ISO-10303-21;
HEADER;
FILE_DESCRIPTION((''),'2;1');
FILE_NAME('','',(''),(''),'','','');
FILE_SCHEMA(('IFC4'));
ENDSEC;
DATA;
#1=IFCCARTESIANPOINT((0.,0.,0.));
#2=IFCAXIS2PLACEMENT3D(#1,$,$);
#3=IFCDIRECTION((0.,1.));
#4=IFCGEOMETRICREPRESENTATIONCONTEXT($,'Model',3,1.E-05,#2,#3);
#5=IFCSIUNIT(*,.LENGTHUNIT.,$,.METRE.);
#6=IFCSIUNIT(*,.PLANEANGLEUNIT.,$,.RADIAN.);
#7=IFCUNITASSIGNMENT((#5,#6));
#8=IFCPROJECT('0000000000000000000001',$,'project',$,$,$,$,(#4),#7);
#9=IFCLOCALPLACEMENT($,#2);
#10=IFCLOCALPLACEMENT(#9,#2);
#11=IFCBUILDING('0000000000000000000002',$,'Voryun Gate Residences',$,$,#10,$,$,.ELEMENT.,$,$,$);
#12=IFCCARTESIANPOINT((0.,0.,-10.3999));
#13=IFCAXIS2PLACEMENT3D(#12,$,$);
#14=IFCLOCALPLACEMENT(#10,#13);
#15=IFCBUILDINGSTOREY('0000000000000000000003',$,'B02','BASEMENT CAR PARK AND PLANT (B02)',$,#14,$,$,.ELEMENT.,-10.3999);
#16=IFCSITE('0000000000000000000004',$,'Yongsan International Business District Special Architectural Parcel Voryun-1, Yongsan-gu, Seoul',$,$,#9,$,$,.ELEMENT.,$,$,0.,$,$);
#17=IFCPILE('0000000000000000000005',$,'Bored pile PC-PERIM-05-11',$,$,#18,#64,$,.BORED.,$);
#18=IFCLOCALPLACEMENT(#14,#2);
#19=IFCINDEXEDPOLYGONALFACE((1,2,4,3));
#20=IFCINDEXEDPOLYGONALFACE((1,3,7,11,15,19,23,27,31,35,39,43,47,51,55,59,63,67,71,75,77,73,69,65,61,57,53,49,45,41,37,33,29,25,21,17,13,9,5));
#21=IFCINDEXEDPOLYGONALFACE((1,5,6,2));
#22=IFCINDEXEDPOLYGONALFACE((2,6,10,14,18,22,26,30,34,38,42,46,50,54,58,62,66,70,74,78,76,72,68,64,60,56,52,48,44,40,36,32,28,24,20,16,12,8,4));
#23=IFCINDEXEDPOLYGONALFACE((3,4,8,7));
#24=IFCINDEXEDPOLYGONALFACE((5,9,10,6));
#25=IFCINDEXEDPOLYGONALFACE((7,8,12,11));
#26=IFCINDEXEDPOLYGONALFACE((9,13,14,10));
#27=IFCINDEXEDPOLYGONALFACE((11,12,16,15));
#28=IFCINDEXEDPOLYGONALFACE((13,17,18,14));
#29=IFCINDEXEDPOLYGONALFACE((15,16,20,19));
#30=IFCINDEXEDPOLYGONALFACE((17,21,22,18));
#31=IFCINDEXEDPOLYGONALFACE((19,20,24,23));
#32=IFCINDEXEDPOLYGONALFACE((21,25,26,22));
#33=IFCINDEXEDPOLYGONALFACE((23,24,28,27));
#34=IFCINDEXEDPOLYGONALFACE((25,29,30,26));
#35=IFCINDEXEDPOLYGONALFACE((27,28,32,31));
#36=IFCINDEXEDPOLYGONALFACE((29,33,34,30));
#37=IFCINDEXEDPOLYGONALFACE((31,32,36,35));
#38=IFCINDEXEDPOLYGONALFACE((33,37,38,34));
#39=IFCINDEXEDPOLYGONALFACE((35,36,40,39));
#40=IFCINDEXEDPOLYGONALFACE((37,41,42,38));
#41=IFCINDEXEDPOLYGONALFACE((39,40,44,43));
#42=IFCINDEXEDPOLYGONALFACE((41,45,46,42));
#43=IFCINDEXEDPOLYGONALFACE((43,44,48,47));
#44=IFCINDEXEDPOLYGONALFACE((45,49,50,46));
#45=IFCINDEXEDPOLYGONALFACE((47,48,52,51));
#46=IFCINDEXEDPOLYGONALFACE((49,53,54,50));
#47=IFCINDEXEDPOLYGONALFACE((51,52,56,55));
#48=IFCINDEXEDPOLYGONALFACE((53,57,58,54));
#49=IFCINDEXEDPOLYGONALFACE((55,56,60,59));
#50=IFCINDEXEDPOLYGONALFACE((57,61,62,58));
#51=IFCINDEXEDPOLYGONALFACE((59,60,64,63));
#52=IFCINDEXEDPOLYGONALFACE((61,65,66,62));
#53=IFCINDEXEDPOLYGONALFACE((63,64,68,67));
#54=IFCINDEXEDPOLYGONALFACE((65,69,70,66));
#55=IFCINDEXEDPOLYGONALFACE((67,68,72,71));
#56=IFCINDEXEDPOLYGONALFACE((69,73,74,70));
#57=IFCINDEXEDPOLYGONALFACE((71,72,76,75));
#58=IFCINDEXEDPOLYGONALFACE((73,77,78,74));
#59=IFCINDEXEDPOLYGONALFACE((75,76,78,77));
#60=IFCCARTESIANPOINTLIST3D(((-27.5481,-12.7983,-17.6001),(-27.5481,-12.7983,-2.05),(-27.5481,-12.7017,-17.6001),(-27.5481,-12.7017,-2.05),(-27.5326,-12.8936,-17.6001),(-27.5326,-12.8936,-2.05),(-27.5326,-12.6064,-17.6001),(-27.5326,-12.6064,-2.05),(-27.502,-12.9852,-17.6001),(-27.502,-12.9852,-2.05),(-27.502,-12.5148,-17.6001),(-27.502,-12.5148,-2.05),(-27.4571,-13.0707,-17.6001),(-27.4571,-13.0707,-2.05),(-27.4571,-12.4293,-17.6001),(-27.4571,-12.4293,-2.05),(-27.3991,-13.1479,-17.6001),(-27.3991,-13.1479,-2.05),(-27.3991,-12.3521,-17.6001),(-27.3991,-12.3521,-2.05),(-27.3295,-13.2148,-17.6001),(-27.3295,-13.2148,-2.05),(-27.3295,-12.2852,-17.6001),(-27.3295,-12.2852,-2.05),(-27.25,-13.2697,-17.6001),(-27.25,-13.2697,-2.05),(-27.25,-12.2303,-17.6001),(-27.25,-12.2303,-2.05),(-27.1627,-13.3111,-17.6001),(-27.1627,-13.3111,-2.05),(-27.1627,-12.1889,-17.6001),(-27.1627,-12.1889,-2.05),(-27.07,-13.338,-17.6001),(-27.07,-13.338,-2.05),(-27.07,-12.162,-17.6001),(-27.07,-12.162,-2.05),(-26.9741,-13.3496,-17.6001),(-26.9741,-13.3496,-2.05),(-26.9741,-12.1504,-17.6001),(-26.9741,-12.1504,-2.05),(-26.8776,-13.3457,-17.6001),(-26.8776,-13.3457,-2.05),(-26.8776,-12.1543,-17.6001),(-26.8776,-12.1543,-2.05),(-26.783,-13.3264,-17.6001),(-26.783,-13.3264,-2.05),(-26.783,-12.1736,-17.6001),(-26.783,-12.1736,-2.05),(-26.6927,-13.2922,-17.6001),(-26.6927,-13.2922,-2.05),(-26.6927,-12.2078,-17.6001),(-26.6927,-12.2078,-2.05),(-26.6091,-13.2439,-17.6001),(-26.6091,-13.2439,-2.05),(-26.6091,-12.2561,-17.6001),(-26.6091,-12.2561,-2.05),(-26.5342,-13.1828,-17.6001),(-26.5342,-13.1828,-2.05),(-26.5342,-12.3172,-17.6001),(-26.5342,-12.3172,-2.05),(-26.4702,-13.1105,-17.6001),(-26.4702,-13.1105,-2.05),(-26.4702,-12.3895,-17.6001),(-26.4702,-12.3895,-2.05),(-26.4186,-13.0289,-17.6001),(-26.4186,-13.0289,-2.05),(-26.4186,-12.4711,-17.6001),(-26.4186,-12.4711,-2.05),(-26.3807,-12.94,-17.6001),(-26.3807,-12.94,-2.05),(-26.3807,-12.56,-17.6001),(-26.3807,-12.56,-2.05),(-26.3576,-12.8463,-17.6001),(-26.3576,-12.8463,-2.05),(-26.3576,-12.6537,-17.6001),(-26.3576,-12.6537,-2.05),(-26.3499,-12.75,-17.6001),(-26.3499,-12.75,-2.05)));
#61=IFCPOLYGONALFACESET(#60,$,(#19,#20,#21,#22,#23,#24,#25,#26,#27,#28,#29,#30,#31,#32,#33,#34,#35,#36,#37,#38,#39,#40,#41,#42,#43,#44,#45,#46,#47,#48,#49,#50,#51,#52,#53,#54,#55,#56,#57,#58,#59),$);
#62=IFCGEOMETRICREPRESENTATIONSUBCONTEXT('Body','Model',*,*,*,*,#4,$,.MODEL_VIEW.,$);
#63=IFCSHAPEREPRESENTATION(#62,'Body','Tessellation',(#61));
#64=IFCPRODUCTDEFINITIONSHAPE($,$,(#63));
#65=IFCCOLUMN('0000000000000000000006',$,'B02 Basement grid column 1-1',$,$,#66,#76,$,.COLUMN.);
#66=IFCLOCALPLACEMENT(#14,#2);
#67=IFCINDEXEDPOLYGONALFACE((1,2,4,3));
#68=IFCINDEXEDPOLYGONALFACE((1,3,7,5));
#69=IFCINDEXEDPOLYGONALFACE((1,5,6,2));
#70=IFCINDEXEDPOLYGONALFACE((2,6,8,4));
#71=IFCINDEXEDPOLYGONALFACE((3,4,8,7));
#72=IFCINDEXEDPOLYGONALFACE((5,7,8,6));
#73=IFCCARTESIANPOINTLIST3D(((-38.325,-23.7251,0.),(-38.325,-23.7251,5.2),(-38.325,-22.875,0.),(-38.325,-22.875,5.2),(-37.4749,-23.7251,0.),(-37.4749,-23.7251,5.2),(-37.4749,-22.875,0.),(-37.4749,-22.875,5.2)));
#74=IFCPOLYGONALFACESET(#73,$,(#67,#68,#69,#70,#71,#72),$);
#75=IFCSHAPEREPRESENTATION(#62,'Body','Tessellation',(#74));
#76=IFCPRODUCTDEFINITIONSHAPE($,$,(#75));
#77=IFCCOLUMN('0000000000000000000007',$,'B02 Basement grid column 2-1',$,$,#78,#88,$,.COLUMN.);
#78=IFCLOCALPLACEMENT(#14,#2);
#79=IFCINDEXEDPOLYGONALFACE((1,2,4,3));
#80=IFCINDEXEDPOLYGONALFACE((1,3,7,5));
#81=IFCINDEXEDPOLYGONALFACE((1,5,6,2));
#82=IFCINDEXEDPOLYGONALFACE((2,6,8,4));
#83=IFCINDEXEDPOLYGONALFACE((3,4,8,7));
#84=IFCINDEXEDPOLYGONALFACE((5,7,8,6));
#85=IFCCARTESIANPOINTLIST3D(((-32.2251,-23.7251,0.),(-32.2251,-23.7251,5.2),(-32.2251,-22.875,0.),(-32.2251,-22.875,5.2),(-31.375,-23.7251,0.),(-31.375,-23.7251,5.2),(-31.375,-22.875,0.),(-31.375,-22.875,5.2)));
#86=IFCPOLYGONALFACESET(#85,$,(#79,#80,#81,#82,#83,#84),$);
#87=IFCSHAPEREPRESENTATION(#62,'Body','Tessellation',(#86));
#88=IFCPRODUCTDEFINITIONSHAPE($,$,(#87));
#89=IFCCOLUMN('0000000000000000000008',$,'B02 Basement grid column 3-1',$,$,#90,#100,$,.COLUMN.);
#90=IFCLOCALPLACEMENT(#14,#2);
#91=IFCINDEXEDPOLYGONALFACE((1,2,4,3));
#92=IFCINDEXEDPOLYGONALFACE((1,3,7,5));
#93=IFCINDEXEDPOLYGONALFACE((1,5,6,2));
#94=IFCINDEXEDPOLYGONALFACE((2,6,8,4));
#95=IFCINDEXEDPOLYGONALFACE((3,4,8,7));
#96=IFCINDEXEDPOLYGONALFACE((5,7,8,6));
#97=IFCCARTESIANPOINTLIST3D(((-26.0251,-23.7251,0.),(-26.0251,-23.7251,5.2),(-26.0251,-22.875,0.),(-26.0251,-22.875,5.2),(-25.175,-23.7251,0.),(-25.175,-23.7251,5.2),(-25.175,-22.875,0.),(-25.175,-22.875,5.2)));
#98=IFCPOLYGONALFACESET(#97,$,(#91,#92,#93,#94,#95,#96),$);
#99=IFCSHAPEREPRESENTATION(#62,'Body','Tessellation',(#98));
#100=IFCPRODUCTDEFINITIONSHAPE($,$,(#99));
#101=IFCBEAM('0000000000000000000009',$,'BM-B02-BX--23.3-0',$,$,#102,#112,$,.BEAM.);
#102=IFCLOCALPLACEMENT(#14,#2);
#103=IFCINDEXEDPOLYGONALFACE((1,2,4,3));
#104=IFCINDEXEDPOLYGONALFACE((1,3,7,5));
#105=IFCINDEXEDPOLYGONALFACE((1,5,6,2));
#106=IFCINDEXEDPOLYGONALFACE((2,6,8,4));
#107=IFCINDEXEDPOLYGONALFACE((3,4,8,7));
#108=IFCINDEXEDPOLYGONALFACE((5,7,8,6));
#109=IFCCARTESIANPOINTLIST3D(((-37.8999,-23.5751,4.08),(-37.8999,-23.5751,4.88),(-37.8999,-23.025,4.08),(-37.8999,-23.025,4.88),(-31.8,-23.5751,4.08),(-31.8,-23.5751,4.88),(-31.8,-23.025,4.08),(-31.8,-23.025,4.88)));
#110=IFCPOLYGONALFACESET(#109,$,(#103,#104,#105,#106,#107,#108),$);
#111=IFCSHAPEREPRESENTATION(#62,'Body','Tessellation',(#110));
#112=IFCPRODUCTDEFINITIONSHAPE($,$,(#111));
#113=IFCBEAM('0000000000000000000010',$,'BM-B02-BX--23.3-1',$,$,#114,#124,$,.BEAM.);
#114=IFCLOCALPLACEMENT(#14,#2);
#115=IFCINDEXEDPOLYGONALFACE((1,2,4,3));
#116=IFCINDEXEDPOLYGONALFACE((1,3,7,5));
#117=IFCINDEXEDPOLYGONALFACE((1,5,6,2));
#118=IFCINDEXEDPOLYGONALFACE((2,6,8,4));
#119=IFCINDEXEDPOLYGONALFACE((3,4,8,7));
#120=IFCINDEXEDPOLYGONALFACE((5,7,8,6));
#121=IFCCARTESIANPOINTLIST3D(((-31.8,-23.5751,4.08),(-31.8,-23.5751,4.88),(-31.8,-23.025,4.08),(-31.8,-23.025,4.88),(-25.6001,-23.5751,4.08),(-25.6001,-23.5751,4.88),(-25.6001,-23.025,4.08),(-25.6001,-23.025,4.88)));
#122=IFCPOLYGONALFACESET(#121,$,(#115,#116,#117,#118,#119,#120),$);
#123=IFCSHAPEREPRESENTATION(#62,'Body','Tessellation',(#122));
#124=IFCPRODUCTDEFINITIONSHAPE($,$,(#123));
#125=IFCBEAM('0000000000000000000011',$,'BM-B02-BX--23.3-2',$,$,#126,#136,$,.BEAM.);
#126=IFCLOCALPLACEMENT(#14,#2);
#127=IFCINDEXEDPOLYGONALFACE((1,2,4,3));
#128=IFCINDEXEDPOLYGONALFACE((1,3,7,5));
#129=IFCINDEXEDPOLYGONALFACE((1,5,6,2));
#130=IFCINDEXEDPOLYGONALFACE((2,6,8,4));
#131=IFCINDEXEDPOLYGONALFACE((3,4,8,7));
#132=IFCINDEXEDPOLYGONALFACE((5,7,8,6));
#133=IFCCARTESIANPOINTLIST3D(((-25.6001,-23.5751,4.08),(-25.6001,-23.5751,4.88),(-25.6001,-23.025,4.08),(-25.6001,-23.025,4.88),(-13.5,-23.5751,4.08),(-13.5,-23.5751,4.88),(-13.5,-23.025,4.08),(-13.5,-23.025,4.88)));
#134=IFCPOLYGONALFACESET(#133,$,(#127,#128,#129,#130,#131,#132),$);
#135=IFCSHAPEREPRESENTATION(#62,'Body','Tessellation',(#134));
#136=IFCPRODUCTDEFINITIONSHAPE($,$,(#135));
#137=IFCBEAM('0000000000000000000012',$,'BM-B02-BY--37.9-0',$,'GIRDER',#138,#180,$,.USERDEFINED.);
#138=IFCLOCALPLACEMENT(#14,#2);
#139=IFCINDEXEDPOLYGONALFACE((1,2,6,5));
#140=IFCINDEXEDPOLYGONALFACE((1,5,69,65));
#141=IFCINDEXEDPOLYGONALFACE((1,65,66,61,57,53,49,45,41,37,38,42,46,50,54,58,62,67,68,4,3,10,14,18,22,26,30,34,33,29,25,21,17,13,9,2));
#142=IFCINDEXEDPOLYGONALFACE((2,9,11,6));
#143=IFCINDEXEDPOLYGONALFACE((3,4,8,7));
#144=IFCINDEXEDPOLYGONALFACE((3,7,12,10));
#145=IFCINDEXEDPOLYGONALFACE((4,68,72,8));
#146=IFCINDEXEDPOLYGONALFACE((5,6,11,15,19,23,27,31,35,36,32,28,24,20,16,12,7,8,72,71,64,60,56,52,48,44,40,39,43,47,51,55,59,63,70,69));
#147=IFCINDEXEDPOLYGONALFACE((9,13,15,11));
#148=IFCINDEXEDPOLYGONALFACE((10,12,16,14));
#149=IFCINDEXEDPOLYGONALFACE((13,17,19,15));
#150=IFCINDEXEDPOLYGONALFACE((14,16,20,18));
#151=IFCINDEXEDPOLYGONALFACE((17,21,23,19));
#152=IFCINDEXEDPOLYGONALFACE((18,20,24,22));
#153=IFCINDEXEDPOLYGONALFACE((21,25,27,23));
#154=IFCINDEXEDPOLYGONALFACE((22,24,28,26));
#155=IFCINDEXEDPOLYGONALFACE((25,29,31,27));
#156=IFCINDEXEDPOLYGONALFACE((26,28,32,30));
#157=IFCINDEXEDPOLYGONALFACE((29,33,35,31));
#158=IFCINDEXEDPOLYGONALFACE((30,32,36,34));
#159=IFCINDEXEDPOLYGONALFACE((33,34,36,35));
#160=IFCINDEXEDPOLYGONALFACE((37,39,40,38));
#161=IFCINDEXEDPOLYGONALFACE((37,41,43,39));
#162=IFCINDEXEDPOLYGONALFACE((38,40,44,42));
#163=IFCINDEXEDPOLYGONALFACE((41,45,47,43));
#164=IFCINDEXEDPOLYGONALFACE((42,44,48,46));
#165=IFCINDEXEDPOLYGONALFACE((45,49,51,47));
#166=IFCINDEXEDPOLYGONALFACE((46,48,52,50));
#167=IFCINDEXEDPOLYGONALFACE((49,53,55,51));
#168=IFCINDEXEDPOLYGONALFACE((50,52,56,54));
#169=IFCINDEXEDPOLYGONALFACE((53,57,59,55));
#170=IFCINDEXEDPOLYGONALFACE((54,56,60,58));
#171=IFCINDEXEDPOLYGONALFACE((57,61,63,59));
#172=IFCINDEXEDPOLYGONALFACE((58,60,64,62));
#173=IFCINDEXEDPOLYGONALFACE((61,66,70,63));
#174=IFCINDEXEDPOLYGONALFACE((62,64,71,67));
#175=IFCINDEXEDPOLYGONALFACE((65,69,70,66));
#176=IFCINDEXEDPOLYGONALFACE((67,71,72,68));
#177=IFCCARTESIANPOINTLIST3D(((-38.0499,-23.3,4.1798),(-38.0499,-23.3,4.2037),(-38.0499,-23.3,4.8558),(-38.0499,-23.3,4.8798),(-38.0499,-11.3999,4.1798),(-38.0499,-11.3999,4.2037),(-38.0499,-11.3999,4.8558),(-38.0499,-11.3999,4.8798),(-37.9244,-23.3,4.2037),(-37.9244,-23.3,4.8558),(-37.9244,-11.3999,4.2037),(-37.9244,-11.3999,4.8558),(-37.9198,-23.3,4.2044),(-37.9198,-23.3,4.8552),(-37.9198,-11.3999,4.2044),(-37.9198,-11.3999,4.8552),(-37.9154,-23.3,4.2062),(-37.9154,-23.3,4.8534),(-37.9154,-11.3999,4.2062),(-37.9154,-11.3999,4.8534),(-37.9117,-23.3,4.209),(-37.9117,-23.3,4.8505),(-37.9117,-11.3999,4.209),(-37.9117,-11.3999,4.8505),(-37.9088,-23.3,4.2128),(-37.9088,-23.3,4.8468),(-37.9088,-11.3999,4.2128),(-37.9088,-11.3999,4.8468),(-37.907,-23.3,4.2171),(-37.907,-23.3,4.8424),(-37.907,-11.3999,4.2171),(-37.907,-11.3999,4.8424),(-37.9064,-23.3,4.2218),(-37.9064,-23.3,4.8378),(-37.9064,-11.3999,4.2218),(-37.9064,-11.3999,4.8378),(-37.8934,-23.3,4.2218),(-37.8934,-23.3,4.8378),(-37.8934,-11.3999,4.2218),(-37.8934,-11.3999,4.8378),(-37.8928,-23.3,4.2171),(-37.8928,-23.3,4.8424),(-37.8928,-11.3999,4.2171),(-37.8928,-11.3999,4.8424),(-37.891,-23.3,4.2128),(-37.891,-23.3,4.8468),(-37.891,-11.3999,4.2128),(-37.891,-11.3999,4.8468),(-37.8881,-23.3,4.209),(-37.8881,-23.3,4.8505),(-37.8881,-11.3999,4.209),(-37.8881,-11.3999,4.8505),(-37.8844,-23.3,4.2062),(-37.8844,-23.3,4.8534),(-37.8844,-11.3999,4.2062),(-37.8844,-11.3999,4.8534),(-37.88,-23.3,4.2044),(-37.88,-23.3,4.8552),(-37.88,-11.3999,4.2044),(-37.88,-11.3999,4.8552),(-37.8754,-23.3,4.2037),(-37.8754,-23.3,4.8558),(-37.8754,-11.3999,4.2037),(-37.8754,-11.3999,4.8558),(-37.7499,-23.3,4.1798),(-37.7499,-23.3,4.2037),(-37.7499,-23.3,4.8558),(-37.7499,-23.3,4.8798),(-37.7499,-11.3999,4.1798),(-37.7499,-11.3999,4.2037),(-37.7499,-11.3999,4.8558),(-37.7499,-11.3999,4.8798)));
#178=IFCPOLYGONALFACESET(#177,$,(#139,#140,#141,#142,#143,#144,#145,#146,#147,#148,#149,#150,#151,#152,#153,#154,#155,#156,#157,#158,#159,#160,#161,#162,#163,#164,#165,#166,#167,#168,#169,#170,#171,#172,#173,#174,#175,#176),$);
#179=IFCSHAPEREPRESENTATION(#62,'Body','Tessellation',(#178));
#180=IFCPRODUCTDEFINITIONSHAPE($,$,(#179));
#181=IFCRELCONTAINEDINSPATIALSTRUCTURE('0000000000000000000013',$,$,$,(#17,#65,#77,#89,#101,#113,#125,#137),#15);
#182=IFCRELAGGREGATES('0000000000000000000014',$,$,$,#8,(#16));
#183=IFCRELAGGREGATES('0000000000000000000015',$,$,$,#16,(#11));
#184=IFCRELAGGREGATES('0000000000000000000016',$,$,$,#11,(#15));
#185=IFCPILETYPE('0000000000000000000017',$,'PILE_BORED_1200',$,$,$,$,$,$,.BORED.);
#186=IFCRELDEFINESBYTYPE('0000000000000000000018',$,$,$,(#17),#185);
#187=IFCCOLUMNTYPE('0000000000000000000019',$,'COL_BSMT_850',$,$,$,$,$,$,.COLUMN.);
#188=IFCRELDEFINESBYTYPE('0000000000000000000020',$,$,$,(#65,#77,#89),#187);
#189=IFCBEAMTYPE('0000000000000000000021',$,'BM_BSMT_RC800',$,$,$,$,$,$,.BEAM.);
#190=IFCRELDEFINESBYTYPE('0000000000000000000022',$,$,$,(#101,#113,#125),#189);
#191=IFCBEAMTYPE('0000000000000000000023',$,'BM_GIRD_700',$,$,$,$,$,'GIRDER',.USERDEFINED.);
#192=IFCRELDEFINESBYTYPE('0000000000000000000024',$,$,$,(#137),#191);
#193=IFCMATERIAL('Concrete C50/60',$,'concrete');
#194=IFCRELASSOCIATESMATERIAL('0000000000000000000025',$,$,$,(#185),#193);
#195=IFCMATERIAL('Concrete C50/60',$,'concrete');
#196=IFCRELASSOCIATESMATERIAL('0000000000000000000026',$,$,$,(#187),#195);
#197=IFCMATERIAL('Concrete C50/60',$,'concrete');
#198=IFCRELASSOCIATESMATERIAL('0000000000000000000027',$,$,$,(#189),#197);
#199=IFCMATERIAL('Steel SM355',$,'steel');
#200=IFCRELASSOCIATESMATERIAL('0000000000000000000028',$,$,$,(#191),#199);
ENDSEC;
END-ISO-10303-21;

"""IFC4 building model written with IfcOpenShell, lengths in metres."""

from ifc_helpers import new_model, si_unit, direction, frame, origin, origin_2d, place, context, subcontext, project, spatial, rectangle, circle, i_section, extrude, material, material_profile, profile_set, type_object, element, save


model = new_model("IFC4")

# Units and contexts
model_context = context("Model", 3, precision=1e-05, world=origin(), true_north=direction((0.0, 1.0)))
body_context = subcontext(model_context, "Body", "Model", "MODEL_VIEW")
ifc_project = project(units=[si_unit("LENGTHUNIT", "METRE"), si_unit("PLANEANGLEUNIT", "RADIAN")], contexts=[model_context])

# Site, building, storey
site_placement = place(None, origin())
site = spatial("IfcSite", under=ifc_project, at=site_placement, Name="Yongsan International Business District Special Architectural Parcel Voryun-1, Yongsan-gu, Seoul", CompositionType="ELEMENT", RefElevation=0.0)
building_placement = place(site_placement, origin())
building = spatial("IfcBuilding", under=site, at=building_placement, Name="Voryun Gate Residences", CompositionType="ELEMENT")
storey_placement = place(building_placement, frame((0.0, 0.0, -10.3999)))
storey = spatial("IfcBuildingStorey", under=building, at=storey_placement, Name="B02", Description="BASEMENT CAR PARK AND PLANT (B02)", CompositionType="ELEMENT", Elevation=-10.3999)

# Pile
ifc_material_1 = material(Name="Concrete C50/60", Category="concrete")
ifc_material_profile_1 = material_profile(ifc_material_1, circle(Radius=0.6001, at=origin_2d()), Name="PILE-D1200")
ifc_profile_set_1 = profile_set([ifc_material_profile_1], Name="Concrete C50/60")
pile_type = type_object("IfcPileType", Name="PILE_BORED_1200", PredefinedType="BORED", material=ifc_profile_set_1)
for number, where, z_axis, x_axis, name in (
    (1, (-26.95, -12.75, -2.05), (0.0, 0.0, -1.0), (1.0, 0.0, 0.0), "Bored pile PC-PERIM-05-11"),
):
    element("IfcPile", number, at=place(storey_placement, frame(where, z_axis=z_axis, x_axis=x_axis)), inside=storey, type_object=pile_type, Name=name, PredefinedType="BORED", context=body_context, shape_type="SweptSolid", body=[
        extrude(circle(Radius=0.6001, at=origin_2d()), origin(), (0.0, 0.0, 1.0), 15.55),
    ])

# Columns
ifc_material_2 = material(Name="Concrete C50/60", Category="concrete")
ifc_material_profile_2 = material_profile(ifc_material_2, rectangle(XDim=0.8501, YDim=0.8501, at=origin_2d()), Name="RC-850x850")
ifc_profile_set_2 = profile_set([ifc_material_profile_2], Name="Concrete C50/60")
column_type = type_object("IfcColumnType", Name="COL_BSMT_850", PredefinedType="COLUMN", material=ifc_profile_set_2)
for number, where, z_axis, x_axis, name in (
    (2, (-37.8999, -23.3, 0.0), (0.0, 0.0, 1.0), (1.0, 0.0, 0.0), "B02 Basement grid column 1-1"),
    (3, (-31.8, -23.3, 0.0), (0.0, 0.0, 1.0), (1.0, 0.0, 0.0), "B02 Basement grid column 2-1"),
    (4, (-25.6001, -23.3, 0.0), (0.0, 0.0, 1.0), (1.0, 0.0, 0.0), "B02 Basement grid column 3-1"),
):
    element("IfcColumn", number, at=place(storey_placement, frame(where, z_axis=z_axis, x_axis=x_axis)), inside=storey, type_object=column_type, Name=name, PredefinedType="COLUMN", context=body_context, shape_type="SweptSolid", body=[
        extrude(rectangle(XDim=0.8501, YDim=0.8501, at=origin_2d()), origin(), (0.0, 0.0, 1.0), 5.2),
    ])

# Beams
ifc_material_3 = material(Name="Concrete C50/60", Category="concrete")
ifc_material_profile_3 = material_profile(ifc_material_3, rectangle(XDim=0.55, YDim=0.8, at=origin_2d()), Name="RC-550x800")
ifc_profile_set_3 = profile_set([ifc_material_profile_3], Name="Concrete C50/60")
beam_type_1 = type_object("IfcBeamType", Name="BM_BSMT_RC800", PredefinedType="BEAM", material=ifc_profile_set_3)
beam_1_placement = place(storey_placement, frame((-37.8999, -23.3, 4.48), z_axis=(1.0, 0.0, 0.0), x_axis=(0.0, 1.0, 0.0)))
element("IfcBeam", 5, at=beam_1_placement, inside=storey, type_object=beam_type_1, Name="BM-B02-BX--23.3-0", PredefinedType="BEAM", context=body_context, shape_type="SweptSolid", body=[
    extrude(rectangle(XDim=0.55, YDim=0.8, at=origin_2d()), origin(), (0.0, 0.0, 1.0), 6.0999),
])
beam_2_placement = place(storey_placement, frame((-31.8, -23.3, 4.48), z_axis=(1.0, 0.0, 0.0), x_axis=(0.0, 1.0, 0.0)))
element("IfcBeam", 6, at=beam_2_placement, inside=storey, type_object=beam_type_1, Name="BM-B02-BX--23.3-1", PredefinedType="BEAM", context=body_context, shape_type="SweptSolid", body=[
    extrude(rectangle(XDim=0.55, YDim=0.8, at=origin_2d()), origin(), (0.0, 0.0, 1.0), 6.2),
])
beam_3_placement = place(storey_placement, frame((-25.6001, -23.3, 4.48), z_axis=(1.0, 0.0, 0.0), x_axis=(0.0, 1.0, 0.0)))
element("IfcBeam", 7, at=beam_3_placement, inside=storey, type_object=beam_type_1, Name="BM-B02-BX--23.3-2", PredefinedType="BEAM", context=body_context, shape_type="SweptSolid", body=[
    extrude(rectangle(XDim=0.55, YDim=0.8, at=origin_2d()), origin(), (0.0, 0.0, 1.0), 12.1001),
])
ifc_material_4 = material(Name="Steel SM355", Category="steel")
ifc_material_profile_4 = material_profile(ifc_material_4, i_section(OverallWidth=0.3, OverallDepth=0.7, WebThickness=0.0129, FlangeThickness=0.0239, FilletRadius=0.0181, at=origin_2d()), Name="H-700x300x13x24")
ifc_profile_set_4 = profile_set([ifc_material_profile_4], Name="Steel SM355")
beam_type_2 = type_object("IfcBeamType", Name="BM_GIRD_700", ElementType="GIRDER", PredefinedType="USERDEFINED", material=ifc_profile_set_4)
for number, where, z_axis, x_axis, name in (
    (8, (-37.8999, -23.3, 4.5298), (0.0, 1.0, 0.0), (-1.0, 0.0, 0.0), "BM-B02-BY--37.9-0"),
):
    element("IfcBeam", number, at=place(storey_placement, frame(where, z_axis=z_axis, x_axis=x_axis)), inside=storey, type_object=beam_type_2, Name=name, ObjectType="GIRDER", PredefinedType="USERDEFINED", context=body_context, shape_type="SweptSolid", body=[
        extrude(i_section(OverallWidth=0.3, OverallDepth=0.7, WebThickness=0.0129, FlangeThickness=0.0239, FilletRadius=0.0181, at=origin_2d()), origin(), (0.0, 0.0, 1.0), 11.9001),
    ])

save(model, "model.ifc")
